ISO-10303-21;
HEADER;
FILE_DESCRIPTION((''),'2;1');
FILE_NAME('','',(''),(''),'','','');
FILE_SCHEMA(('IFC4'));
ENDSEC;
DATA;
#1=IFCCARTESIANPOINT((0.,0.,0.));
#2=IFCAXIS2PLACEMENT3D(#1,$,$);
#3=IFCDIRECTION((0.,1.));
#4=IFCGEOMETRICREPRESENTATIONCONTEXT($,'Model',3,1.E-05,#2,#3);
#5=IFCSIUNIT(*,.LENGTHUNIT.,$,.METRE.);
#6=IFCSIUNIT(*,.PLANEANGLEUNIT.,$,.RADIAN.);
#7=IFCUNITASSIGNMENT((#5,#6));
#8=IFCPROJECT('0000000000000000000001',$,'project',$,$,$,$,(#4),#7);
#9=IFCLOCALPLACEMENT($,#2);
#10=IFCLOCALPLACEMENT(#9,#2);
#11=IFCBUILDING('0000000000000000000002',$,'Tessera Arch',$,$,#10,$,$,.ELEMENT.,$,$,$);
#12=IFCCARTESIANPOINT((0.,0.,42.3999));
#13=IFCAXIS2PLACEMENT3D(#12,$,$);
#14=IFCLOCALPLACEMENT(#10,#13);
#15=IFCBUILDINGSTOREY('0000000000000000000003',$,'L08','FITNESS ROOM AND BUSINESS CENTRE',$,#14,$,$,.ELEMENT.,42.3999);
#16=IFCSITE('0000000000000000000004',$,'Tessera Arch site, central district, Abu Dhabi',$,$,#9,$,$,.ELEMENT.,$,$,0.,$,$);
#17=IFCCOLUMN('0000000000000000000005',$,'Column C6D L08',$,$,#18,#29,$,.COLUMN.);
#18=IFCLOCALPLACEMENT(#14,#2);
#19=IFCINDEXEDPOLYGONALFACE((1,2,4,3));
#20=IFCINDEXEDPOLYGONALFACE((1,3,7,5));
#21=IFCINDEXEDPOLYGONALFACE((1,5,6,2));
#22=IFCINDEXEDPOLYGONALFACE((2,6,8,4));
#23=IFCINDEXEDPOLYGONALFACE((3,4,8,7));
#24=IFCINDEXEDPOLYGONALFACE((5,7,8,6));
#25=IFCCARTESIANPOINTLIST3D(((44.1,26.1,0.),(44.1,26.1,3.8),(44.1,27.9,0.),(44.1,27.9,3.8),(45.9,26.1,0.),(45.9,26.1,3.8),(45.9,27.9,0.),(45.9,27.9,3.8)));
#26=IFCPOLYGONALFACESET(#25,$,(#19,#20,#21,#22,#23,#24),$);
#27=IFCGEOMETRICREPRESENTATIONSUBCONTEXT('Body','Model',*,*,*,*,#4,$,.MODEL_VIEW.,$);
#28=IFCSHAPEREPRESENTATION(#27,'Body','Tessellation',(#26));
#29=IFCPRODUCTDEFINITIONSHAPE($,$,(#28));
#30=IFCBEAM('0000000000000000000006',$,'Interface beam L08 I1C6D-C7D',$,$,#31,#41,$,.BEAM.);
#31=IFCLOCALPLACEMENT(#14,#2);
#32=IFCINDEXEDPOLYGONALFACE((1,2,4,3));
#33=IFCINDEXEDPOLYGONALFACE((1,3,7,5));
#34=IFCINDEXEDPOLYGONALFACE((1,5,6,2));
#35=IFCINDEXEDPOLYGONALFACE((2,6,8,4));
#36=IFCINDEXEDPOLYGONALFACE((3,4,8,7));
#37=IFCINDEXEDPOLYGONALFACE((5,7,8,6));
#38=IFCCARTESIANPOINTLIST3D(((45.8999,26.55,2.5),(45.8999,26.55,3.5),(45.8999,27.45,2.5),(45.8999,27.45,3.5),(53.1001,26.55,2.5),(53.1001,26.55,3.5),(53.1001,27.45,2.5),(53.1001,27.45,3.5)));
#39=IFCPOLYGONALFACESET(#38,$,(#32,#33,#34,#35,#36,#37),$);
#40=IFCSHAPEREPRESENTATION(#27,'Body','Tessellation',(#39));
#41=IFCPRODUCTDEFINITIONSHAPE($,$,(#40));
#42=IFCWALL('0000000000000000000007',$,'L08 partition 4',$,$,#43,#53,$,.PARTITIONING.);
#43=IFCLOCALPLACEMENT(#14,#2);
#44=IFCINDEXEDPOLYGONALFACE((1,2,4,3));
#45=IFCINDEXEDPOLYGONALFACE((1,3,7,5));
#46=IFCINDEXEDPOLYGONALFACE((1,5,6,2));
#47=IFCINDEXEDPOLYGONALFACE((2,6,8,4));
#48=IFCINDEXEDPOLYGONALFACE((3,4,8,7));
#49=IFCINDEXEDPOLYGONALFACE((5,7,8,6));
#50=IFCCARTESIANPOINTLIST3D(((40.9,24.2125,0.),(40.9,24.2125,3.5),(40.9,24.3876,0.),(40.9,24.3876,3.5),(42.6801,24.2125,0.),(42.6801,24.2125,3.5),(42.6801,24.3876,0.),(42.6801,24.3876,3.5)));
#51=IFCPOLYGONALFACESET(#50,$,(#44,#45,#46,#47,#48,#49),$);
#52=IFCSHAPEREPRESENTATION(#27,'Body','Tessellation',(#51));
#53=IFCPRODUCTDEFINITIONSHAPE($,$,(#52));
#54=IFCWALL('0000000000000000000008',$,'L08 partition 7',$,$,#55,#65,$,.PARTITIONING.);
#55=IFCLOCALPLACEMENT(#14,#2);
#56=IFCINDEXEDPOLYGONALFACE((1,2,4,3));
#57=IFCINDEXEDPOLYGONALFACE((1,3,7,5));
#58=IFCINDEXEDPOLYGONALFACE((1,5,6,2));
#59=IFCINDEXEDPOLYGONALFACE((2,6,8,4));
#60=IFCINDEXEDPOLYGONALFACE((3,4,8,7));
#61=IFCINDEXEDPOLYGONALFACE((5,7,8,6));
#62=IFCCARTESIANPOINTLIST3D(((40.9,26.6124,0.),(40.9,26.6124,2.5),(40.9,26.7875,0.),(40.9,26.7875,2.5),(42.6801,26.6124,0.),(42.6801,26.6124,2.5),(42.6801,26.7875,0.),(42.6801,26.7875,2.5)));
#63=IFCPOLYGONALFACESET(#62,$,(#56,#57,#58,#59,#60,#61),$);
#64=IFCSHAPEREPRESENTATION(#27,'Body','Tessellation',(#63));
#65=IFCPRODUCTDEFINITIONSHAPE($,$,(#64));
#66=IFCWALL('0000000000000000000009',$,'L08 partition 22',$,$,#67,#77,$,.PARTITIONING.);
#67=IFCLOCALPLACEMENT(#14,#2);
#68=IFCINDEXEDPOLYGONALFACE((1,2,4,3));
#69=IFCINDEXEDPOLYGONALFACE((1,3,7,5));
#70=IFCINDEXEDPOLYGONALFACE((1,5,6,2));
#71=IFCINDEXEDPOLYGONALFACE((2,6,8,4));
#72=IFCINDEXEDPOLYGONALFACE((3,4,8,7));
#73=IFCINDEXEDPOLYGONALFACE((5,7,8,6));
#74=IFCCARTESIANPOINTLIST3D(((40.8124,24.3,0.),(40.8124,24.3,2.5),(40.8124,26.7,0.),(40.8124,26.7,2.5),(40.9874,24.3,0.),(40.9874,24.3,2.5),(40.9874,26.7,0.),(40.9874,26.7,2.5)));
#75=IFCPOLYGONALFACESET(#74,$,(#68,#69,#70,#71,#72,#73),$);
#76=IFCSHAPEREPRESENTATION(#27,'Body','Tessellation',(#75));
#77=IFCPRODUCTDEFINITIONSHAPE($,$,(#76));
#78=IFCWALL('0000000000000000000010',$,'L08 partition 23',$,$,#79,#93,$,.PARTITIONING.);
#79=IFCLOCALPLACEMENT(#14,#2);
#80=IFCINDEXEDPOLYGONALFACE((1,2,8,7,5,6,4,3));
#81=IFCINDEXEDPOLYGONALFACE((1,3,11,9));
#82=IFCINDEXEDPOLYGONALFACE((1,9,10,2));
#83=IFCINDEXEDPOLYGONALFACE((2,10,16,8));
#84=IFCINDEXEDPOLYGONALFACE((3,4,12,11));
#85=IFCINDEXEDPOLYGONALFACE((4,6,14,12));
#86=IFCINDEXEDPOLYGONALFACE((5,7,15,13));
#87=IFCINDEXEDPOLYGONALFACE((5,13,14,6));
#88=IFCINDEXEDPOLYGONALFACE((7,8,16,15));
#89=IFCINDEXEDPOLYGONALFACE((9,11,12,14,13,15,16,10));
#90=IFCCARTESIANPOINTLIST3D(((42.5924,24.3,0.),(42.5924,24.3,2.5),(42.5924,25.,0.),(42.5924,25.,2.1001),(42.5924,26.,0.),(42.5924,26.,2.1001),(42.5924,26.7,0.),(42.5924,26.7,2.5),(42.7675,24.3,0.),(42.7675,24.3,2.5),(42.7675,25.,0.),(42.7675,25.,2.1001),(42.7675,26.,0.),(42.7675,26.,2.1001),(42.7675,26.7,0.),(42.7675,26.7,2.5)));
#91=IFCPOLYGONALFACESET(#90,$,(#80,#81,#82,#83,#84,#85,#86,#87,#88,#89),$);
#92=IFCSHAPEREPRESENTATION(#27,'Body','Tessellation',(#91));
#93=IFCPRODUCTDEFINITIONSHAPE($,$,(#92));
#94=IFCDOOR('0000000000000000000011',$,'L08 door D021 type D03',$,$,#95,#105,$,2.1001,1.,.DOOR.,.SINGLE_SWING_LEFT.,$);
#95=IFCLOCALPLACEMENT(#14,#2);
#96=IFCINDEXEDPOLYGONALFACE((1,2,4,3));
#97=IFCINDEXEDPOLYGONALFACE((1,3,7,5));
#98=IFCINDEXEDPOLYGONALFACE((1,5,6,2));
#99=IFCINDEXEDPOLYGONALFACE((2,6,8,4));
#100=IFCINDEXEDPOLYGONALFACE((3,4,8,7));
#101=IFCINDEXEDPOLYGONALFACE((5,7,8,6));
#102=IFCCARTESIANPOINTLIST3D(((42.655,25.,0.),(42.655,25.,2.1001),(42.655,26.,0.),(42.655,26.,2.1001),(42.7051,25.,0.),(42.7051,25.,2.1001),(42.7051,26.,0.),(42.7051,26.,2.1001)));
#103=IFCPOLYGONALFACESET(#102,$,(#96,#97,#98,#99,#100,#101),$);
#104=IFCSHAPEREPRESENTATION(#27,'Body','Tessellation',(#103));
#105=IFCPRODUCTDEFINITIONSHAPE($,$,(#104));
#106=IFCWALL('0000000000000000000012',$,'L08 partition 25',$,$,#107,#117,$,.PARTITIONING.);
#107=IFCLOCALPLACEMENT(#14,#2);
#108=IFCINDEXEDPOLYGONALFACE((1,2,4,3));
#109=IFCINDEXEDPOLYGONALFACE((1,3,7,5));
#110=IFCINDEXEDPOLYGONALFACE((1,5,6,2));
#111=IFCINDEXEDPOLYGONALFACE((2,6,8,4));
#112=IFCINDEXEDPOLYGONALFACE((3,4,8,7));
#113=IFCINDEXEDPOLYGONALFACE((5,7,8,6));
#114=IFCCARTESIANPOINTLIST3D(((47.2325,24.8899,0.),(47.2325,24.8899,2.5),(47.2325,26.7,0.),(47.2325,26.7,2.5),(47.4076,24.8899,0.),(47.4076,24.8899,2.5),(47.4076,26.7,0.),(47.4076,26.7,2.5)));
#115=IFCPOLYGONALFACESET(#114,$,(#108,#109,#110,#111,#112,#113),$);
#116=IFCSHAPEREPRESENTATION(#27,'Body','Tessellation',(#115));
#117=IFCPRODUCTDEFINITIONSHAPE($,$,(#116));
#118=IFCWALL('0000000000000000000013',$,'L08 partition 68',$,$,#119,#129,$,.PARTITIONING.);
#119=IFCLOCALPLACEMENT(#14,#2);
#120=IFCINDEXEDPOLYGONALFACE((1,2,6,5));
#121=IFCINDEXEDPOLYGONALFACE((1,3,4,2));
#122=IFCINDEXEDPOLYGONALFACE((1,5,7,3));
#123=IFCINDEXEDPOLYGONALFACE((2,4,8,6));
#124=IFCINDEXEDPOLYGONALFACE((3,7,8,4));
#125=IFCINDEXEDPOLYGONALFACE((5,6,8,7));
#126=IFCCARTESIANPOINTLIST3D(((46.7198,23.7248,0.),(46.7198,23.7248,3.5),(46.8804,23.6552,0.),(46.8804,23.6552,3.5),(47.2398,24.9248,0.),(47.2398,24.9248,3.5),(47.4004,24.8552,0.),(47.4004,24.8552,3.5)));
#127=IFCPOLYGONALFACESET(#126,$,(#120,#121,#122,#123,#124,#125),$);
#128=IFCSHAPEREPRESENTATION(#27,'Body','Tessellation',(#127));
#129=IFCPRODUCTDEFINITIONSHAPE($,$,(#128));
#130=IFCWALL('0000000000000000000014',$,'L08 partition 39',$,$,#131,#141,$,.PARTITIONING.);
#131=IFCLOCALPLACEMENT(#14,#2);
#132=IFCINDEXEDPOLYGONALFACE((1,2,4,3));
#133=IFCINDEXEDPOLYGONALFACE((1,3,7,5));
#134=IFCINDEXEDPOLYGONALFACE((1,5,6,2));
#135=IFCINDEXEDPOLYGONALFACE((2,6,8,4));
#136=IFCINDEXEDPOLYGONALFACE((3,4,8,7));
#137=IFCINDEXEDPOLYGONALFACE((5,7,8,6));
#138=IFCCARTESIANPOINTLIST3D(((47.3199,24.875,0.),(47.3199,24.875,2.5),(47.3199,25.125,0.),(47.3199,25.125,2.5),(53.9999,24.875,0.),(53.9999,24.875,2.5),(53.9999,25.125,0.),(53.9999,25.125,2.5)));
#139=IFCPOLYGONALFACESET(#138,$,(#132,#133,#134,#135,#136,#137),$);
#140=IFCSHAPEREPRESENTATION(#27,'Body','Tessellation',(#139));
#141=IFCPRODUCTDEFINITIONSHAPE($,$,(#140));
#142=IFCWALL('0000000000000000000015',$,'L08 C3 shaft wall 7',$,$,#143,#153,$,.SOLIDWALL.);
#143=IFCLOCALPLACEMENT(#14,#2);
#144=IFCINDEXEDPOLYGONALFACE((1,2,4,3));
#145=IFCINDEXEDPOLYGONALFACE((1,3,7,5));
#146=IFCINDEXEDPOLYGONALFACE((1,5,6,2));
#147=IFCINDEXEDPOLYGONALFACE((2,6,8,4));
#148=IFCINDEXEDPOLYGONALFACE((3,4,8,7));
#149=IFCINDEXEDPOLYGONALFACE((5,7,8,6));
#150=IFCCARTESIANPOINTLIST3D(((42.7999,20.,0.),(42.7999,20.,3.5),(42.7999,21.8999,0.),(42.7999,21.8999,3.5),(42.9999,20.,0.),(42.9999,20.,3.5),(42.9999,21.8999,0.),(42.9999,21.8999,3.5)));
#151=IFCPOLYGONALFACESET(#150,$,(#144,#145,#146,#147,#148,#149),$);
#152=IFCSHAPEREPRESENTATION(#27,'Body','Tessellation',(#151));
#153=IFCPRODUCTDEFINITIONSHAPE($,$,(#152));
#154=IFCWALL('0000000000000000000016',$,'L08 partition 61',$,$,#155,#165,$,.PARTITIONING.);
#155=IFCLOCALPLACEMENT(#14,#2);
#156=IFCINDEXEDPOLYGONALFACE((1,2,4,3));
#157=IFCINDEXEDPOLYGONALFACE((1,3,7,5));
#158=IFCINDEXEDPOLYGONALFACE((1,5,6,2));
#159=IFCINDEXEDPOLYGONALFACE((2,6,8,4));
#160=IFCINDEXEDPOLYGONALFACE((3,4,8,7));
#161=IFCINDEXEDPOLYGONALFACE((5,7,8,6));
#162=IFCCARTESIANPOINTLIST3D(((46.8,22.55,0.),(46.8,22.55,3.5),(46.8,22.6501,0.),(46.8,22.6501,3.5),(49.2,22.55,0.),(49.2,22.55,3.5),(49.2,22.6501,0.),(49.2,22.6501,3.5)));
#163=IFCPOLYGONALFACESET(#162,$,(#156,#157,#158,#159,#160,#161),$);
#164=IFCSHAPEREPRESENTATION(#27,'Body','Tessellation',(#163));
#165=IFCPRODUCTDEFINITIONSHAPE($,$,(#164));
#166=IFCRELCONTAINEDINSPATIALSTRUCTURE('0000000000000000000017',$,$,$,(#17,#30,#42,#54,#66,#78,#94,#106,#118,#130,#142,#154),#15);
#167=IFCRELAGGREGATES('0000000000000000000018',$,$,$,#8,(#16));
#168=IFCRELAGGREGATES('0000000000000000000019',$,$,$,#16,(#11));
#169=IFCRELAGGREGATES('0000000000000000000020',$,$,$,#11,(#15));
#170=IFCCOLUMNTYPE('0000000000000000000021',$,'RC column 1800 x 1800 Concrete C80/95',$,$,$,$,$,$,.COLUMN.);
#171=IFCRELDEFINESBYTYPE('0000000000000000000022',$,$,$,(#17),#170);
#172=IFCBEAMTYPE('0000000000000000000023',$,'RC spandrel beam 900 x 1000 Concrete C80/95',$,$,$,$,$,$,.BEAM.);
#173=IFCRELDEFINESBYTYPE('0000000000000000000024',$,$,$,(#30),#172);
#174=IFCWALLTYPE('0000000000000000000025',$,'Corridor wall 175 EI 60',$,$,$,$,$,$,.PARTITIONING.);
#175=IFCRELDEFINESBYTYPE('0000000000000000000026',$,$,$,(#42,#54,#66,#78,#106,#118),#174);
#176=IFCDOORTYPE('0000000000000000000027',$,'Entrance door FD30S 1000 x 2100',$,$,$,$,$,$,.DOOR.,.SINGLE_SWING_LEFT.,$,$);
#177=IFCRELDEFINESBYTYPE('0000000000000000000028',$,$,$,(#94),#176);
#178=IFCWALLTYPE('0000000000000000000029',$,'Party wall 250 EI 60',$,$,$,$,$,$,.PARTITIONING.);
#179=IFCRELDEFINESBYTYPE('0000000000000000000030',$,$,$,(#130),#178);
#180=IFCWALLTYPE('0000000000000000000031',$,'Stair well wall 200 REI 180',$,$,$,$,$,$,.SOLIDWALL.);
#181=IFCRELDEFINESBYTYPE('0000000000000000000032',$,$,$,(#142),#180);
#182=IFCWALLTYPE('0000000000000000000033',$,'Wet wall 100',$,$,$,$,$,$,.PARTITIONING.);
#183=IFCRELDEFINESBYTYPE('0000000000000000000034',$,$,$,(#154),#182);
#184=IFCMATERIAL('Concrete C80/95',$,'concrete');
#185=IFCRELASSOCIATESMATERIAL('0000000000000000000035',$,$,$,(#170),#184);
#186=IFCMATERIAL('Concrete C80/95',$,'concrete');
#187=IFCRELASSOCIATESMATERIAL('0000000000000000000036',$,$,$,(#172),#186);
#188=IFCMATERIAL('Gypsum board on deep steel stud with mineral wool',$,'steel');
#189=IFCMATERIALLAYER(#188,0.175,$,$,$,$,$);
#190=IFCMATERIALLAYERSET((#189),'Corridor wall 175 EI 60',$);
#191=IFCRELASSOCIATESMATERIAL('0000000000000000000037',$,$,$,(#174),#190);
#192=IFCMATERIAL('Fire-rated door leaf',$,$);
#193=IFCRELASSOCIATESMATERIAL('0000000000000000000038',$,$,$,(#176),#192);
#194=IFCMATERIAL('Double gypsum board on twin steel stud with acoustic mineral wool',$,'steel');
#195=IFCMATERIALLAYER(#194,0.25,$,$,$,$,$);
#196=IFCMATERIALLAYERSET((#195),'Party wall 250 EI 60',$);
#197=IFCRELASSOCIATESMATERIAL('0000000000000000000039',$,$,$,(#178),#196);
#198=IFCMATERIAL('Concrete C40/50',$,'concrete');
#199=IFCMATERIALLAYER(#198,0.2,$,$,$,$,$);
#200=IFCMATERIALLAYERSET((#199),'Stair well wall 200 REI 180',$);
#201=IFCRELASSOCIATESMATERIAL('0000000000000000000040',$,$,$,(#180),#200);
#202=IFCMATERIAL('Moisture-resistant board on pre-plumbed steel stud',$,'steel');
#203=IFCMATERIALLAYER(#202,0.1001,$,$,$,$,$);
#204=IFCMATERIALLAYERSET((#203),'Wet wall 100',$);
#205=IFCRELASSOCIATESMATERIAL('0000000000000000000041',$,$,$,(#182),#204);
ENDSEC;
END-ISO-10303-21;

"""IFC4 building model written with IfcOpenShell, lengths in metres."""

from ifc_helpers import new_model, si_unit, direction, frame, frame_2d, origin, origin_2d, place, context, subcontext, project, spatial, rectangle, extrude, material, layer, layer_set, material_profile, profile_set, type_object, element, fill, save


model = new_model("IFC4")

# Units and contexts
model_context = context("Model", 3, precision=1e-05, world=origin(), true_north=direction((0.0, 1.0)))
body_context = subcontext(model_context, "Body", "Model", "MODEL_VIEW")
ifc_project = project(units=[si_unit("LENGTHUNIT", "METRE"), si_unit("PLANEANGLEUNIT", "RADIAN")], contexts=[model_context])

# Site, building, storey
site_placement = place(None, origin())
site = spatial("IfcSite", under=ifc_project, at=site_placement, Name="Tessera Arch site, central district, Abu Dhabi", CompositionType="ELEMENT", RefElevation=0.0)
building_placement = place(site_placement, origin())
building = spatial("IfcBuilding", under=site, at=building_placement, Name="Tessera Arch", CompositionType="ELEMENT")
storey_placement = place(building_placement, frame((0.0, 0.0, 42.3999)))
storey = spatial("IfcBuildingStorey", under=building, at=storey_placement, Name="L08", Description="FITNESS ROOM AND BUSINESS CENTRE", CompositionType="ELEMENT", Elevation=42.3999)

# Column
ifc_material_1 = material(Name="Concrete C80/95", Category="concrete")
ifc_material_profile_1 = material_profile(ifc_material_1, rectangle(XDim=1.8, YDim=1.8, at=origin_2d()), Name="RC column 1800 x 1800 Concrete C80/95")
ifc_profile_set_1 = profile_set([ifc_material_profile_1], Name="Concrete C80/95")
column_type = type_object("IfcColumnType", Name="RC column 1800 x 1800 Concrete C80/95", PredefinedType="COLUMN", material=ifc_profile_set_1)
column_placement = place(storey_placement, frame((45.0, 27.0, 0.0), z_axis=(0.0, 0.0, 1.0), x_axis=(1.0, 0.0, 0.0)))
element("IfcColumn", 1, at=column_placement, inside=storey, type_object=column_type, Name="Column C6D L08", PredefinedType="COLUMN", context=body_context, shape_type="SweptSolid", body=[
    extrude(rectangle(XDim=1.8, YDim=1.8, at=origin_2d()), origin(), (0.0, 0.0, 1.0), 3.8),
])

# Beam
ifc_material_2 = material(Name="Concrete C80/95", Category="concrete")
ifc_material_profile_2 = material_profile(ifc_material_2, rectangle(XDim=0.8999, YDim=1.0, at=origin_2d()), Name="RC spandrel beam 900 x 1000 Concrete C80/95")
ifc_profile_set_2 = profile_set([ifc_material_profile_2], Name="Concrete C80/95")
beam_type = type_object("IfcBeamType", Name="RC spandrel beam 900 x 1000 Concrete C80/95", PredefinedType="BEAM", material=ifc_profile_set_2)
beam_placement = place(storey_placement, frame((45.8999, 27.0, 3.0), z_axis=(1.0, 0.0, 0.0), x_axis=(0.0, 1.0, 0.0)))
element("IfcBeam", 2, at=beam_placement, inside=storey, type_object=beam_type, Name="Interface beam L08 I1C6D-C7D", PredefinedType="BEAM", context=body_context, shape_type="SweptSolid", body=[
    extrude(rectangle(XDim=0.8999, YDim=1.0, at=origin_2d()), origin(), (0.0, 0.0, 1.0), 7.2002),
])

# Walls
ifc_material_3 = material(Name="Gypsum board on deep steel stud with mineral wool", Category="steel")
ifc_layer_1 = layer(ifc_material_3, 0.175)
ifc_layer_set_1 = layer_set([ifc_layer_1], Name="Corridor wall 175 EI 60")
wall_type_1 = type_object("IfcWallType", Name="Corridor wall 175 EI 60", PredefinedType="PARTITIONING", material=ifc_layer_set_1)
wall_1_placement = place(storey_placement, frame((40.8999, 24.3, 0.0), z_axis=(0.0, 0.0, 1.0), x_axis=(1.0, 0.0, 0.0)))
element("IfcWall", 3, at=wall_1_placement, inside=storey, type_object=wall_type_1, Name="L08 partition 4", PredefinedType="PARTITIONING", context=body_context, shape_type="SweptSolid", body=[
    extrude(rectangle(XDim=1.78, YDim=0.175, at=frame_2d((0.8901, 0.0))), origin(), (0.0, 0.0, 1.0), 3.5),
])
wall_2_placement = place(storey_placement, frame((40.8999, 26.7, 0.0), z_axis=(0.0, 0.0, 1.0), x_axis=(1.0, 0.0, 0.0)))
element("IfcWall", 4, at=wall_2_placement, inside=storey, type_object=wall_type_1, Name="L08 partition 7", PredefinedType="PARTITIONING", context=body_context, shape_type="SweptSolid", body=[
    extrude(rectangle(XDim=1.78, YDim=0.175, at=frame_2d((0.8901, 0.0))), origin(), (0.0, 0.0, 1.0), 2.5),
])
wall_3_placement = place(storey_placement, frame((40.8999, 24.3, 0.0), z_axis=(0.0, 0.0, 1.0), x_axis=(0.0, 1.0, 0.0)))
element("IfcWall", 5, at=wall_3_placement, inside=storey, type_object=wall_type_1, Name="L08 partition 22", PredefinedType="PARTITIONING", context=body_context, shape_type="SweptSolid", body=[
    extrude(rectangle(XDim=2.3999, YDim=0.175, at=frame_2d((1.2, 0.0))), origin(), (0.0, 0.0, 1.0), 2.5),
])

# Wall, opening, door
wall_4_placement = place(storey_placement, frame((42.6799, 24.3, 0.0), z_axis=(0.0, 0.0, 1.0), x_axis=(0.0, 1.0, 0.0)))
wall_4 = element("IfcWall", 6, at=wall_4_placement, inside=storey, type_object=wall_type_1, Name="L08 partition 23", PredefinedType="PARTITIONING", context=body_context, shape_type="SweptSolid", body=[
    extrude(rectangle(XDim=2.3999, YDim=0.175, at=frame_2d((1.2, 0.0))), origin(), (0.0, 0.0, 1.0), 2.5),
])
opening_placement = place(wall_4_placement, frame((0.7, 0.0, 0.0)))
opening = element("IfcOpeningElement", 7, at=opening_placement, cuts=wall_4, PredefinedType="OPENING", context=body_context, shape_type="SweptSolid", body=[
    extrude(rectangle(XDim=1.0, YDim=2.1001, at=frame_2d((0.5, 1.05))), frame((0.0, 0.0974, 0.0), z_axis=(0.0, -1.0, 0.0), x_axis=(1.0, 0.0, 0.0)), (0.0, 0.0, 1.0), 0.1951),
])
ifc_material_4 = material(Name="Fire-rated door leaf")
door_type = type_object("IfcDoorType", Name="Entrance door FD30S 1000 x 2100", OperationType="SINGLE_SWING_LEFT", PredefinedType="DOOR", material=ifc_material_4)
door_placement = place(opening_placement, origin())
door = element("IfcDoor", 8, at=door_placement, inside=storey, type_object=door_type, Name="L08 door D021 type D03", OperationType="SINGLE_SWING_LEFT", OverallHeight=2.1001, OverallWidth=1.0, PredefinedType="DOOR", context=body_context, shape_type="SweptSolid", body=[
    extrude(rectangle(XDim=1.0, YDim=2.1001, at=frame_2d((0.5, 1.05))), frame((0.0, 0.0249, 0.0), z_axis=(0.0, -1.0, 0.0), x_axis=(1.0, 0.0, 0.0)), (0.0, 0.0, 1.0), 0.05),
])
fill(opening, door)

# Walls
wall_5_placement = place(storey_placement, frame((47.3201, 24.8899, 0.0), z_axis=(0.0, 0.0, 1.0), x_axis=(0.0, 1.0, 0.0)))
element("IfcWall", 9, at=wall_5_placement, inside=storey, type_object=wall_type_1, Name="L08 partition 25", PredefinedType="PARTITIONING", context=body_context, shape_type="SweptSolid", body=[
    extrude(rectangle(XDim=1.8101, YDim=0.175, at=frame_2d((0.905, 0.0))), origin(), (0.0, 0.0, 1.0), 2.5),
])
wall_6_placement = place(storey_placement, frame((47.3201, 24.8899, 0.0), z_axis=(0.0, 0.0, 1.0), x_axis=(-0.397634, -0.917544, 0.0)))
element("IfcWall", 10, at=wall_6_placement, inside=storey, type_object=wall_type_1, Name="L08 partition 68", PredefinedType="PARTITIONING", context=body_context, shape_type="SweptSolid", body=[
    extrude(rectangle(XDim=1.3079, YDim=0.175, at=frame_2d((0.6538, 0.0))), origin(), (0.0, 0.0, 1.0), 3.5),
])
ifc_material_5 = material(Name="Double gypsum board on twin steel stud with acoustic mineral wool", Category="steel")
ifc_layer_2 = layer(ifc_material_5, 0.25)
ifc_layer_set_2 = layer_set([ifc_layer_2], Name="Party wall 250 EI 60")
wall_type_2 = type_object("IfcWallType", Name="Party wall 250 EI 60", PredefinedType="PARTITIONING", material=ifc_layer_set_2)
wall_7_placement = place(storey_placement, frame((47.3201, 25.0, 0.0), z_axis=(0.0, 0.0, 1.0), x_axis=(1.0, 0.0, 0.0)))
element("IfcWall", 11, at=wall_7_placement, inside=storey, type_object=wall_type_2, Name="L08 partition 39", PredefinedType="PARTITIONING", context=body_context, shape_type="SweptSolid", body=[
    extrude(rectangle(XDim=6.6799, YDim=0.25, at=frame_2d((3.3398, 0.0))), origin(), (0.0, 0.0, 1.0), 2.5),
])
ifc_material_6 = material(Name="Concrete C40/50", Category="concrete")
ifc_layer_3 = layer(ifc_material_6, 0.2)
ifc_layer_set_3 = layer_set([ifc_layer_3], Name="Stair well wall 200 REI 180")
wall_type_3 = type_object("IfcWallType", Name="Stair well wall 200 REI 180", PredefinedType="SOLIDWALL", material=ifc_layer_set_3)
wall_8_placement = place(storey_placement, frame((42.8999, 20.0, 0.0), z_axis=(0.0, 0.0, 1.0), x_axis=(0.0, 1.0, 0.0)))
element("IfcWall", 12, at=wall_8_placement, inside=storey, type_object=wall_type_3, Name="L08 C3 shaft wall 7", PredefinedType="SOLIDWALL", context=body_context, shape_type="SweptSolid", body=[
    extrude(rectangle(XDim=1.8999, YDim=0.2, at=frame_2d((0.95, 0.0))), origin(), (0.0, 0.0, 1.0), 3.5),
])
ifc_material_7 = material(Name="Moisture-resistant board on pre-plumbed steel stud", Category="steel")
ifc_layer_4 = layer(ifc_material_7, 0.1001)
ifc_layer_set_4 = layer_set([ifc_layer_4], Name="Wet wall 100")
wall_type_4 = type_object("IfcWallType", Name="Wet wall 100", PredefinedType="PARTITIONING", material=ifc_layer_set_4)
wall_9_placement = place(storey_placement, frame((46.8, 22.6001, 0.0), z_axis=(0.0, 0.0, 1.0), x_axis=(1.0, 0.0, 0.0)))
element("IfcWall", 13, at=wall_9_placement, inside=storey, type_object=wall_type_4, Name="L08 partition 61", PredefinedType="PARTITIONING", context=body_context, shape_type="SweptSolid", body=[
    extrude(rectangle(XDim=2.3999, YDim=0.1001, at=frame_2d((1.2, 0.0))), origin(), (0.0, 0.0, 1.0), 3.5),
])

save(model, "model.ifc")
